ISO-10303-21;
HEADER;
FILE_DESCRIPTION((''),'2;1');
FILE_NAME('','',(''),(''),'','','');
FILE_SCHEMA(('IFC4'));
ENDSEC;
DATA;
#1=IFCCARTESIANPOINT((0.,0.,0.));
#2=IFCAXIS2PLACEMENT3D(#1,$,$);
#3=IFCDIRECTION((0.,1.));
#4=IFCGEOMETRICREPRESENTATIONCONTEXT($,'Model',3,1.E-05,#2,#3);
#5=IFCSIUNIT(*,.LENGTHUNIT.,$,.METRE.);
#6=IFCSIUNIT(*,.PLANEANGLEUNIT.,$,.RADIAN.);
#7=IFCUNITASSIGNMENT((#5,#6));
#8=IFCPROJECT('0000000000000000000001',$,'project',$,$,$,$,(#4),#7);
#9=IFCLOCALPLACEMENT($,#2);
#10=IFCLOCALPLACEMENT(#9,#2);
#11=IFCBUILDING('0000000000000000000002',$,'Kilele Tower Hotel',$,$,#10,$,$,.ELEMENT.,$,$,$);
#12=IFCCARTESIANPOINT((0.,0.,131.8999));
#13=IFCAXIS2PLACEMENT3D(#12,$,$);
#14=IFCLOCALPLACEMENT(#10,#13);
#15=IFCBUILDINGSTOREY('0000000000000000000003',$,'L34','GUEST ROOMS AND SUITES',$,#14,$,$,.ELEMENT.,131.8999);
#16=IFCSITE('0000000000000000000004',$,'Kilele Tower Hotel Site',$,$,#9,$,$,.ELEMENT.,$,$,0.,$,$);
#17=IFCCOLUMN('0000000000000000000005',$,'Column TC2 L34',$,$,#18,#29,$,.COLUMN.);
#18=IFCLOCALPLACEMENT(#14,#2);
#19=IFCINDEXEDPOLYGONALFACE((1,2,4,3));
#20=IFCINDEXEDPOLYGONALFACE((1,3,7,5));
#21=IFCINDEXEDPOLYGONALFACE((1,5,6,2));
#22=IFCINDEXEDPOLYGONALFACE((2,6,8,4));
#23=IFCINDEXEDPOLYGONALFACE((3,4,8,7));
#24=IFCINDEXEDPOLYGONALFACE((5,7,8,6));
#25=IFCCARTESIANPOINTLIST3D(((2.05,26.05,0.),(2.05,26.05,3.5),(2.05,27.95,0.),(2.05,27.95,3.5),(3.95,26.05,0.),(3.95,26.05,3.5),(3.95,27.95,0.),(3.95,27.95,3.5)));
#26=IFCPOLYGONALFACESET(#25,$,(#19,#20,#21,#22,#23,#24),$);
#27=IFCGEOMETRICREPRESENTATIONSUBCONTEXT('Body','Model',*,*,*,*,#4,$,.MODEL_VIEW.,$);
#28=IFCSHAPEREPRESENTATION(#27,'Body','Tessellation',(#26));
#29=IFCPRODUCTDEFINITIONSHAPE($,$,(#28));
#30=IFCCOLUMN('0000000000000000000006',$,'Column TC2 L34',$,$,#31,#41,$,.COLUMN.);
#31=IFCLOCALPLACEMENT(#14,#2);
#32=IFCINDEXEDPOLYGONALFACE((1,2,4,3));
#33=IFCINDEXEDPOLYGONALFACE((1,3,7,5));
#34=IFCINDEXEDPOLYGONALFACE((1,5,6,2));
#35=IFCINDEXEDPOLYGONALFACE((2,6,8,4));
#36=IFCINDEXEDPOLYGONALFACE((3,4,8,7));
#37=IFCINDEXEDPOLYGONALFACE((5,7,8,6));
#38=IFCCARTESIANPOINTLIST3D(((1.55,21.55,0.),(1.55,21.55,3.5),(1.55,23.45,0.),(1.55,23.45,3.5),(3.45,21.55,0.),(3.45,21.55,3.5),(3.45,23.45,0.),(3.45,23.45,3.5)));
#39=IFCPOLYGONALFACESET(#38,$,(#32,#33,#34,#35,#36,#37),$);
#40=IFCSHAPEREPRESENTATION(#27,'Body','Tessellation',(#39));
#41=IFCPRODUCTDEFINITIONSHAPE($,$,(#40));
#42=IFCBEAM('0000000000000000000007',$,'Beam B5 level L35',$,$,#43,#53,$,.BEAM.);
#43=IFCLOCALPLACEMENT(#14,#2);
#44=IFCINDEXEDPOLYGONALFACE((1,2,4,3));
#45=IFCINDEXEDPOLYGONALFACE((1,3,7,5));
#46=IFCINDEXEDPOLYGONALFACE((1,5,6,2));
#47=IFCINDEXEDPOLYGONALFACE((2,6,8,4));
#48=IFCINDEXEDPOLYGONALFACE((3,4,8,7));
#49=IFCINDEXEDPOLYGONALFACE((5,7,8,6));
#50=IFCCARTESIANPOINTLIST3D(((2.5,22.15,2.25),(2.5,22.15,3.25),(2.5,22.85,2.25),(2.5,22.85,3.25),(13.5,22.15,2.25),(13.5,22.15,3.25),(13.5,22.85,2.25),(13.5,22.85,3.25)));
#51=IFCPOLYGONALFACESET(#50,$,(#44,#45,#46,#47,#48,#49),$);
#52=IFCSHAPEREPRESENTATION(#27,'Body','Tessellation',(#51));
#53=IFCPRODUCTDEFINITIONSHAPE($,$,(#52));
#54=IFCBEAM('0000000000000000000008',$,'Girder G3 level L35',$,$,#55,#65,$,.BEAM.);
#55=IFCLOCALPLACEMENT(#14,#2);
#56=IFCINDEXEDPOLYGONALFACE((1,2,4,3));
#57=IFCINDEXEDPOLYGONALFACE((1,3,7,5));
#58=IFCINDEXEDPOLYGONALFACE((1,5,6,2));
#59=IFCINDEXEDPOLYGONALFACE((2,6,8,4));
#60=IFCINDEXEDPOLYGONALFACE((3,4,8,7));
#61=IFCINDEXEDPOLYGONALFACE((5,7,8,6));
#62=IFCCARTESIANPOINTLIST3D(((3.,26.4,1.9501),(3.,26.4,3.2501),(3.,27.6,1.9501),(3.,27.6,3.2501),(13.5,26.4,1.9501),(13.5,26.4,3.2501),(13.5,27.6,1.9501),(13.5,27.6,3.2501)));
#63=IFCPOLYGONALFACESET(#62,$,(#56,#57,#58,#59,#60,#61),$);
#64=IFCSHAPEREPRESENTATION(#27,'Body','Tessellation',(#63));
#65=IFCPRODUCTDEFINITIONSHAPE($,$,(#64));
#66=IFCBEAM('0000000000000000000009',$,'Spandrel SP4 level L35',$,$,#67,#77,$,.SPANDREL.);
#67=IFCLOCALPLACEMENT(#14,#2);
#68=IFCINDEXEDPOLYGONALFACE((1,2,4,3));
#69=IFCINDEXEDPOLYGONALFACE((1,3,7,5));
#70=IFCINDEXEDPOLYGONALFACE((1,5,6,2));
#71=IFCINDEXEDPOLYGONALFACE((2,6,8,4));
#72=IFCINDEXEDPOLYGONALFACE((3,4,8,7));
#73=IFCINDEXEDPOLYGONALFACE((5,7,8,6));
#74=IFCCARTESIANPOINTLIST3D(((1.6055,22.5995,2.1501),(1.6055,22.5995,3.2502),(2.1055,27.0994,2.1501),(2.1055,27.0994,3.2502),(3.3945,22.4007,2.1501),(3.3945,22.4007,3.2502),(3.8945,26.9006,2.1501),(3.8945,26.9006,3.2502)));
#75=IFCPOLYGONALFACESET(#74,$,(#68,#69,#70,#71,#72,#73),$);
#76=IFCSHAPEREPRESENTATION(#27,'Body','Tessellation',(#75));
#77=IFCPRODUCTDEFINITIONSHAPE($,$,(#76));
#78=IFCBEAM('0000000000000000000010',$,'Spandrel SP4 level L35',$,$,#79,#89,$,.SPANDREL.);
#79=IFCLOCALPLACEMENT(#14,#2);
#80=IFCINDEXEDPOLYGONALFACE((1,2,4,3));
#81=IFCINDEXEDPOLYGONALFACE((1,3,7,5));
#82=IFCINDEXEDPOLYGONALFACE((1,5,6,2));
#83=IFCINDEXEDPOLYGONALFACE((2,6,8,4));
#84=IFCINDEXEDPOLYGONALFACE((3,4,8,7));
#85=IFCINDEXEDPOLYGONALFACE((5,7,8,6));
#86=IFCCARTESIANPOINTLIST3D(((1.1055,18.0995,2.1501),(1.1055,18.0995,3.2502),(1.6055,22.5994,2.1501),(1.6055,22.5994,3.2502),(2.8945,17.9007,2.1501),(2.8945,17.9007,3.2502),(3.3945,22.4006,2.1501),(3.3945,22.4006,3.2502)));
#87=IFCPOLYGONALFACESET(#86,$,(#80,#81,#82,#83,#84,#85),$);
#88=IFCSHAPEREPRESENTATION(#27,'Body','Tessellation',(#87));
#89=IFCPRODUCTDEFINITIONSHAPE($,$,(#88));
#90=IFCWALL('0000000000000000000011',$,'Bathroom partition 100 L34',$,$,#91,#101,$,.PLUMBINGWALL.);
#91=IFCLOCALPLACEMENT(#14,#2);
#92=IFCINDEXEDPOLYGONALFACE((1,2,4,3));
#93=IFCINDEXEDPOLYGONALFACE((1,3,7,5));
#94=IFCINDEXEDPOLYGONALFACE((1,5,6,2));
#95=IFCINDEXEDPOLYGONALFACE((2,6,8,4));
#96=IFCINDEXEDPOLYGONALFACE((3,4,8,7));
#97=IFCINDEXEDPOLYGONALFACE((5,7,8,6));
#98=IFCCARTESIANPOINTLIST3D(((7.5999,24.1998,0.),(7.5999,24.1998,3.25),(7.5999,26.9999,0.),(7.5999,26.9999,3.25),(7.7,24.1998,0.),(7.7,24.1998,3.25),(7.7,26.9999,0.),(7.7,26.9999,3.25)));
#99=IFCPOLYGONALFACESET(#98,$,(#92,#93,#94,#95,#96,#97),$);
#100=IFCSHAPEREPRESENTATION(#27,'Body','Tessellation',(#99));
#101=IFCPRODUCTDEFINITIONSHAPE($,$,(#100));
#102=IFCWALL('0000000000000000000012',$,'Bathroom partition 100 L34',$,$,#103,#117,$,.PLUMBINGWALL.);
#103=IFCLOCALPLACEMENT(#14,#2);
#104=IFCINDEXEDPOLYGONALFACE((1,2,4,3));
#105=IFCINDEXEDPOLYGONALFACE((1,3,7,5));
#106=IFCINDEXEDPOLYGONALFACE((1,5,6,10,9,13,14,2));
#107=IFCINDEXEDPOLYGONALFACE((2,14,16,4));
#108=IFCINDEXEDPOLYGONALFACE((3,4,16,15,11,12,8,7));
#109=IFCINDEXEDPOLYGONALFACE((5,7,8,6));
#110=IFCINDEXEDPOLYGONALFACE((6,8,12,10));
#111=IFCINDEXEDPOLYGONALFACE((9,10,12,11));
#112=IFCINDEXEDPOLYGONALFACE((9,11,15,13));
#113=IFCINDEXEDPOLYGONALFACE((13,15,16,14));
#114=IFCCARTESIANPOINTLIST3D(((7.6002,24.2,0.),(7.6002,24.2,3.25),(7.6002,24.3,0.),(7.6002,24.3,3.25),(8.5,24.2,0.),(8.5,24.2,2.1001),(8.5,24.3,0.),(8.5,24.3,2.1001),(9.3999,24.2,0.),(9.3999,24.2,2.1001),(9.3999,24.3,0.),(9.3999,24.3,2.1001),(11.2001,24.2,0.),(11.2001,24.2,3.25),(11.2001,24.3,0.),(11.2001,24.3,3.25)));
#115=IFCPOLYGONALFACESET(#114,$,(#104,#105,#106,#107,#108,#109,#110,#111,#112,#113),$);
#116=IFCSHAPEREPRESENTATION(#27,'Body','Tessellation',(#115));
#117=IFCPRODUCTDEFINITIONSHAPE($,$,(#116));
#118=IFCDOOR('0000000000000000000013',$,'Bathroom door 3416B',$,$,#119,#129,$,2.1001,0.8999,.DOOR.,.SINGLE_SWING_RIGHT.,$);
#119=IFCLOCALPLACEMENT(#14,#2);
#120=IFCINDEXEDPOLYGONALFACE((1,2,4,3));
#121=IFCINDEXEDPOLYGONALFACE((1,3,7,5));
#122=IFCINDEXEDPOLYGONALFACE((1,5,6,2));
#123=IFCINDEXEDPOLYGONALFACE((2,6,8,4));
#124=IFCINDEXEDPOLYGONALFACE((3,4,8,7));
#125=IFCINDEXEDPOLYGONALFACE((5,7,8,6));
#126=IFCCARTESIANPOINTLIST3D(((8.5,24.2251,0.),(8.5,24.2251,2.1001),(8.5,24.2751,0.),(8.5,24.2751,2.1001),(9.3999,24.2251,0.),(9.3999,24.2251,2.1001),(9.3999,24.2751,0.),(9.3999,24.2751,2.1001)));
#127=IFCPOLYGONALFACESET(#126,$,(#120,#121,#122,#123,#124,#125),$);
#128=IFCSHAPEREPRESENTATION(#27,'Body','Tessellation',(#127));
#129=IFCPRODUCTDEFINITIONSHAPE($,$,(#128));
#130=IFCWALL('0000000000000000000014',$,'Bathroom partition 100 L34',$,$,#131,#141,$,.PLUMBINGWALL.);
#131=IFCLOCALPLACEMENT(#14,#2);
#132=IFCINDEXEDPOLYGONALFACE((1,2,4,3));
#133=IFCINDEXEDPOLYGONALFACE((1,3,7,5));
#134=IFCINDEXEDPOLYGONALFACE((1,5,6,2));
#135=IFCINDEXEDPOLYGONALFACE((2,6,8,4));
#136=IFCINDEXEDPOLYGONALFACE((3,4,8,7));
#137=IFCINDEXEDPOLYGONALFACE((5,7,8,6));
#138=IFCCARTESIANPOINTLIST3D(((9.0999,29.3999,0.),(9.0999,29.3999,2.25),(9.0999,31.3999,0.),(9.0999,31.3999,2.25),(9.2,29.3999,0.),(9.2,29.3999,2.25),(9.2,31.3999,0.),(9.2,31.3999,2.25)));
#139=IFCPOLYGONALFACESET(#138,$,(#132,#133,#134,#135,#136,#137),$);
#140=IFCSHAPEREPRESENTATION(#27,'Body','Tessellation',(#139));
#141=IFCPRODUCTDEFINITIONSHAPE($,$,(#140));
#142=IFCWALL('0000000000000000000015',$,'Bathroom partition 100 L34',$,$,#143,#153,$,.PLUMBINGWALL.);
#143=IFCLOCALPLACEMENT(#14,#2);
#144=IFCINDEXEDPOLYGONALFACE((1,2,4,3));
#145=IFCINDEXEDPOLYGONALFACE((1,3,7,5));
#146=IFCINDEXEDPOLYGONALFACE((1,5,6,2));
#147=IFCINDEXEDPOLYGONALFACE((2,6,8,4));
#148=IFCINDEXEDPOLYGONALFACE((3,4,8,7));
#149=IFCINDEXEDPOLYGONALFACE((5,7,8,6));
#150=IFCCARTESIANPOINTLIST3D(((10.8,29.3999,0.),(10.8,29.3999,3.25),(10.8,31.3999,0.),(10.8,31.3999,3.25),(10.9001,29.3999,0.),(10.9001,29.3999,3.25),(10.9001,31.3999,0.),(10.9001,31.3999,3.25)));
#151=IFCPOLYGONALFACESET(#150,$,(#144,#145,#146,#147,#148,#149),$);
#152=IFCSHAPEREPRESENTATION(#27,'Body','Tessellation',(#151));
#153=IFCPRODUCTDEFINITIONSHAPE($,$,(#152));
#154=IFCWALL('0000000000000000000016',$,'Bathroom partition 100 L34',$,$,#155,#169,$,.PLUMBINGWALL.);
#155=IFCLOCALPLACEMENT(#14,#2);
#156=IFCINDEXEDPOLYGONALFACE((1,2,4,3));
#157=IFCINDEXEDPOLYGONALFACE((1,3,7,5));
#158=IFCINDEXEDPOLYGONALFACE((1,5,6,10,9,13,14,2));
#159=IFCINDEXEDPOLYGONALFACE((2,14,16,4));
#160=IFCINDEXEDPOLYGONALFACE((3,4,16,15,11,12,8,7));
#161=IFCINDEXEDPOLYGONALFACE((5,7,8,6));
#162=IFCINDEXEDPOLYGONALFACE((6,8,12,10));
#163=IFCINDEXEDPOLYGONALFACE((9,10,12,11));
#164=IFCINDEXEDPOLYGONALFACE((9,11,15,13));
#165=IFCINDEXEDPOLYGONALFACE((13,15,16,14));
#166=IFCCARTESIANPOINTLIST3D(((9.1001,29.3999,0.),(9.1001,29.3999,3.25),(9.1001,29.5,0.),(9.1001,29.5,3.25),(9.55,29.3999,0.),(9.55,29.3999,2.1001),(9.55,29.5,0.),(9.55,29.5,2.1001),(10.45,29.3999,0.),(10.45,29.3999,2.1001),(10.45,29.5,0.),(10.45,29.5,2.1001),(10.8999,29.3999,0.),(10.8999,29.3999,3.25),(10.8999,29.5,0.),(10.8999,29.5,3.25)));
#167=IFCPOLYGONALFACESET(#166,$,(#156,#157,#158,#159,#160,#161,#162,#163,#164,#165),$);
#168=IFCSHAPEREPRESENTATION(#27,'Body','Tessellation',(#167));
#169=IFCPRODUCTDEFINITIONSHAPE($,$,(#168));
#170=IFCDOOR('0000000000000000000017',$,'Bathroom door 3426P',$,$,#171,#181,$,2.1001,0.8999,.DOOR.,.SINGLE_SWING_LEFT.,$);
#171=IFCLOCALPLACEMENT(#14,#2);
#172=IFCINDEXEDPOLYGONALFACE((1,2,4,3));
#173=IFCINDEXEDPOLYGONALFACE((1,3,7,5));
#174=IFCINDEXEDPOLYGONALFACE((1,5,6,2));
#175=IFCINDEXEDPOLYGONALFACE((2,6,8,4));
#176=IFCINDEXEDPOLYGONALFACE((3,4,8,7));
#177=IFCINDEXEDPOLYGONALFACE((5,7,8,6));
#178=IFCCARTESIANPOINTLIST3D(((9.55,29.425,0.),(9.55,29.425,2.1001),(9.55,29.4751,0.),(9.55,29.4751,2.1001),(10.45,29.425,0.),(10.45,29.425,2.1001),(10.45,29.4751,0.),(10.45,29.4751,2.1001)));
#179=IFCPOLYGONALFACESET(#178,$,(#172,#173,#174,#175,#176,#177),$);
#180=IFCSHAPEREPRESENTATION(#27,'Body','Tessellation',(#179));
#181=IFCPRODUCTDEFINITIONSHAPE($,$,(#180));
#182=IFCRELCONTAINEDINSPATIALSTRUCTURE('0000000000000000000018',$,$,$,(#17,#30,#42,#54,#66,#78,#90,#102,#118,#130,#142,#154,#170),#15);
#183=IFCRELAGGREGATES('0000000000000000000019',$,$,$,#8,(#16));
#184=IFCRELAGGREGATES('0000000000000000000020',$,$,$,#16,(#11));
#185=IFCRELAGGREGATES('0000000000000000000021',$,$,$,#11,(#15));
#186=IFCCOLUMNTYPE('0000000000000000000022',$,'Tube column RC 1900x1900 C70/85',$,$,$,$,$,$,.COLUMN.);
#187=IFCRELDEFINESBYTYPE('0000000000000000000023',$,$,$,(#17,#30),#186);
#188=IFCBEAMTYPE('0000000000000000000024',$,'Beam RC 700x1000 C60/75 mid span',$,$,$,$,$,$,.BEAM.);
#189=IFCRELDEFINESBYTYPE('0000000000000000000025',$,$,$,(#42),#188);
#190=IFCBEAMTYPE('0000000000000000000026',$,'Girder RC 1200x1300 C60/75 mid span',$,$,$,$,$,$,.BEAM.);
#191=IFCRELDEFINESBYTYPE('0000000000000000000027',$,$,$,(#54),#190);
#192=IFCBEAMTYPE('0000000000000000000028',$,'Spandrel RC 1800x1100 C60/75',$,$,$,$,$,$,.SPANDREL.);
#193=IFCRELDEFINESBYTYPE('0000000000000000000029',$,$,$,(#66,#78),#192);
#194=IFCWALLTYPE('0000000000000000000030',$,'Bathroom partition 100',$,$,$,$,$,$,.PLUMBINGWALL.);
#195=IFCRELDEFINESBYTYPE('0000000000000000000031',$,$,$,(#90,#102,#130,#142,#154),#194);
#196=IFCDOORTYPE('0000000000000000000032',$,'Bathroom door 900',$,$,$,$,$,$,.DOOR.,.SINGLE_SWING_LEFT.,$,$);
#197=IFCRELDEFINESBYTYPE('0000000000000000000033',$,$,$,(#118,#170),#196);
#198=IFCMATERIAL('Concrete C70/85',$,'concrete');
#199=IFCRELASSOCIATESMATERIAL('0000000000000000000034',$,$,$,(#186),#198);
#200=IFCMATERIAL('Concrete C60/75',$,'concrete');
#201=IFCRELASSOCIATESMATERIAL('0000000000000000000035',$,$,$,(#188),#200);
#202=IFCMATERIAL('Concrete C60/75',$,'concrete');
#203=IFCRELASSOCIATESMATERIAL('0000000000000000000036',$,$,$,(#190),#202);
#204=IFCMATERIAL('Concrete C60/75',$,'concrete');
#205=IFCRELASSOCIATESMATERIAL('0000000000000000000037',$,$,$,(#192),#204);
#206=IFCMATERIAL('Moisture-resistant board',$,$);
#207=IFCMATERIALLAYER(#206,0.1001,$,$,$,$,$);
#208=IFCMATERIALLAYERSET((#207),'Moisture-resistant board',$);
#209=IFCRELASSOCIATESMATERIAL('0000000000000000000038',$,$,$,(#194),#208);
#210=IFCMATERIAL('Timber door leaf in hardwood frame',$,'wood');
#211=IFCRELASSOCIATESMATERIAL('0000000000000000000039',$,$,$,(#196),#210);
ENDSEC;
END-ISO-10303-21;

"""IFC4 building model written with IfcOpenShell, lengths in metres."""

from ifc_helpers import new_model, si_unit, direction, frame, frame_2d, origin, origin_2d, place, context, subcontext, project, spatial, rectangle, extrude, material, layer, layer_set, material_profile, profile_set, type_object, element, fill, save


model = new_model("IFC4")

# Units and contexts
model_context = context("Model", 3, precision=1e-05, world=origin(), true_north=direction((0.0, 1.0)))
body_context = subcontext(model_context, "Body", "Model", "MODEL_VIEW")
ifc_project = project(units=[si_unit("LENGTHUNIT", "METRE"), si_unit("PLANEANGLEUNIT", "RADIAN")], contexts=[model_context])

# Site, building, storey
site_placement = place(None, origin())
site = spatial("IfcSite", under=ifc_project, at=site_placement, Name="Kilele Tower Hotel Site", CompositionType="ELEMENT", RefElevation=0.0)
building_placement = place(site_placement, origin())
building = spatial("IfcBuilding", under=site, at=building_placement, Name="Kilele Tower Hotel", CompositionType="ELEMENT")
storey_placement = place(building_placement, frame((0.0, 0.0, 131.8999)))
storey = spatial("IfcBuildingStorey", under=building, at=storey_placement, Name="L34", Description="GUEST ROOMS AND SUITES", CompositionType="ELEMENT", Elevation=131.8999)

# Columns
ifc_material_1 = material(Name="Concrete C70/85", Category="concrete")
ifc_material_profile_1 = material_profile(ifc_material_1, rectangle(XDim=1.8999, YDim=1.8999, at=origin_2d()))
ifc_profile_set_1 = profile_set([ifc_material_profile_1], Name="Concrete C70/85")
column_type = type_object("IfcColumnType", Name="Tube column RC 1900x1900 C70/85", PredefinedType="COLUMN", material=ifc_profile_set_1)
for number, where, z_axis, x_axis, name in (
    (1, (3.0, 27.0, 0.0), (0.0, 0.0, 1.0), (1.0, 0.0, 0.0), "Column TC2 L34"),
    (2, (2.5, 22.5, 0.0), (0.0, 0.0, 1.0), (1.0, 0.0, 0.0), "Column TC2 L34"),
):
    element("IfcColumn", number, at=place(storey_placement, frame(where, z_axis=z_axis, x_axis=x_axis)), inside=storey, type_object=column_type, Name=name, PredefinedType="COLUMN", context=body_context, shape_type="SweptSolid", body=[
        extrude(rectangle(XDim=1.8999, YDim=1.8999, at=origin_2d()), origin(), (0.0, 0.0, 1.0), 3.5),
    ])

# Beams
ifc_material_2 = material(Name="Concrete C60/75", Category="concrete")
ifc_material_profile_2 = material_profile(ifc_material_2, rectangle(XDim=0.7, YDim=1.0, at=origin_2d()))
ifc_profile_set_2 = profile_set([ifc_material_profile_2], Name="Concrete C60/75")
beam_type_1 = type_object("IfcBeamType", Name="Beam RC 700x1000 C60/75 mid span", PredefinedType="BEAM", material=ifc_profile_set_2)
beam_1_placement = place(storey_placement, frame((2.5, 22.5, 2.75), z_axis=(1.0, 0.0, 0.0), x_axis=(0.0, 1.0, 0.0)))
element("IfcBeam", 3, at=beam_1_placement, inside=storey, type_object=beam_type_1, Name="Beam B5 level L35", PredefinedType="BEAM", context=body_context, shape_type="SweptSolid", body=[
    extrude(rectangle(XDim=0.7, YDim=1.0, at=origin_2d()), origin(), (0.0, 0.0, 1.0), 11.0),
])
ifc_material_3 = material(Name="Concrete C60/75", Category="concrete")
ifc_material_profile_3 = material_profile(ifc_material_3, rectangle(XDim=1.2, YDim=1.3, at=origin_2d()))
ifc_profile_set_3 = profile_set([ifc_material_profile_3], Name="Concrete C60/75")
beam_type_2 = type_object("IfcBeamType", Name="Girder RC 1200x1300 C60/75 mid span", PredefinedType="BEAM", material=ifc_profile_set_3)
beam_2_placement = place(storey_placement, frame((3.0, 27.0, 2.6001), z_axis=(1.0, 0.0, 0.0), x_axis=(0.0, 1.0, 0.0)))
element("IfcBeam", 4, at=beam_2_placement, inside=storey, type_object=beam_type_2, Name="Girder G3 level L35", PredefinedType="BEAM", context=body_context, shape_type="SweptSolid", body=[
    extrude(rectangle(XDim=1.2, YDim=1.3, at=origin_2d()), origin(), (0.0, 0.0, 1.0), 10.5),
])
ifc_material_4 = material(Name="Concrete C60/75", Category="concrete")
ifc_material_profile_4 = material_profile(ifc_material_4, rectangle(XDim=1.8, YDim=1.1001, at=origin_2d()))
ifc_profile_set_4 = profile_set([ifc_material_profile_4], Name="Concrete C60/75")
beam_type_3 = type_object("IfcBeamType", Name="Spandrel RC 1800x1100 C60/75", PredefinedType="SPANDREL", material=ifc_profile_set_4)
for number, where, z_axis, x_axis, name in (
    (5, (3.0, 27.0, 2.7002), (-0.110432, -0.993884, 0.0), (0.993884, -0.110432, 0.0), "Spandrel SP4 level L35"),
    (6, (2.5, 22.5, 2.7002), (-0.110432, -0.993884, 0.0), (0.993884, -0.110432, 0.0), "Spandrel SP4 level L35"),
):
    element("IfcBeam", number, at=place(storey_placement, frame(where, z_axis=z_axis, x_axis=x_axis)), inside=storey, type_object=beam_type_3, Name=name, PredefinedType="SPANDREL", context=body_context, shape_type="SweptSolid", body=[
        extrude(rectangle(XDim=1.8, YDim=1.1001, at=origin_2d()), origin(), (0.0, 0.0, 1.0), 4.5276),
    ])

# Wall
ifc_material_5 = material(Name="Moisture-resistant board")
ifc_layer_1 = layer(ifc_material_5, 0.1001)
ifc_layer_set_1 = layer_set([ifc_layer_1], Name="Moisture-resistant board")
wall_type_1 = type_object("IfcWallType", Name="Bathroom partition 100", PredefinedType="PLUMBINGWALL", material=ifc_layer_set_1)
wall_1_placement = place(storey_placement, frame((7.6499, 24.2, 0.0), z_axis=(0.0, 0.0, 1.0), x_axis=(0.0, 1.0, 0.0)))
element("IfcWall", 7, at=wall_1_placement, inside=storey, type_object=wall_type_1, Name="Bathroom partition 100 L34", PredefinedType="PLUMBINGWALL", context=body_context, shape_type="SweptSolid", body=[
    extrude(rectangle(XDim=2.8, YDim=0.1001, at=frame_2d((1.3999, 0.0))), origin(), (0.0, 0.0, 1.0), 3.25),
])

# Wall, opening, door
wall_2_placement = place(storey_placement, frame((11.2, 24.25, 0.0), z_axis=(0.0, 0.0, 1.0), x_axis=(-1.0, 0.0, 0.0)))
wall_2 = element("IfcWall", 8, at=wall_2_placement, inside=storey, type_object=wall_type_1, Name="Bathroom partition 100 L34", PredefinedType="PLUMBINGWALL", context=body_context, shape_type="SweptSolid", body=[
    extrude(rectangle(XDim=3.5999, YDim=0.1001, at=frame_2d((1.7998, 0.0))), origin(), (0.0, 0.0, 1.0), 3.25),
])
opening_1_placement = place(wall_2_placement, frame((1.8, 0.0, 0.0)))
opening_1 = element("IfcOpeningElement", 9, at=opening_1_placement, cuts=wall_2, PredefinedType="OPENING", context=body_context, shape_type="SweptSolid", body=[
    extrude(rectangle(XDim=0.8999, YDim=2.1001, at=frame_2d((0.45, 1.05))), frame((0.0, 0.0601, 0.0), z_axis=(0.0, -1.0, 0.0), x_axis=(1.0, 0.0, 0.0)), (0.0, 0.0, 1.0), 0.1201),
])
ifc_material_6 = material(Name="Timber door leaf in hardwood frame", Category="wood")
door_type_1 = type_object("IfcDoorType", Name="Bathroom door 900", OperationType="SINGLE_SWING_LEFT", PredefinedType="DOOR", material=ifc_material_6)
door_1_placement = place(opening_1_placement, origin())
door_1 = element("IfcDoor", 10, at=door_1_placement, inside=storey, type_object=door_type_1, Name="Bathroom door 3416B", OperationType="SINGLE_SWING_RIGHT", OverallHeight=2.1001, OverallWidth=0.8999, PredefinedType="DOOR", context=body_context, shape_type="SweptSolid", body=[
    extrude(rectangle(XDim=0.8999, YDim=2.1001, at=frame_2d((0.45, 1.05))), frame((0.0, 0.0249, 0.0), z_axis=(0.0, -1.0, 0.0), x_axis=(1.0, 0.0, 0.0)), (0.0, 0.0, 1.0), 0.05),
])
fill(opening_1, door_1)

# Walls
wall_3_placement = place(storey_placement, frame((9.1499, 31.3999, 0.0), z_axis=(0.0, 0.0, 1.0), x_axis=(0.0, -1.0, 0.0)))
element("IfcWall", 11, at=wall_3_placement, inside=storey, type_object=wall_type_1, Name="Bathroom partition 100 L34", PredefinedType="PLUMBINGWALL", context=body_context, shape_type="SweptSolid", body=[
    extrude(rectangle(XDim=2.0, YDim=0.1001, at=frame_2d((1.0, 0.0))), origin(), (0.0, 0.0, 1.0), 2.25),
])
wall_4_placement = place(storey_placement, frame((10.8501, 31.3999, 0.0), z_axis=(0.0, 0.0, 1.0), x_axis=(0.0, -1.0, 0.0)))
element("IfcWall", 12, at=wall_4_placement, inside=storey, type_object=wall_type_1, Name="Bathroom partition 100 L34", PredefinedType="PLUMBINGWALL", context=body_context, shape_type="SweptSolid", body=[
    extrude(rectangle(XDim=2.0, YDim=0.1001, at=frame_2d((1.0, 0.0))), origin(), (0.0, 0.0, 1.0), 3.25),
])

# Wall, opening, door
wall_5_placement = place(storey_placement, frame((10.8999, 29.45, 0.0), z_axis=(0.0, 0.0, 1.0), x_axis=(-1.0, 0.0, 0.0)))
wall_5 = element("IfcWall", 13, at=wall_5_placement, inside=storey, type_object=wall_type_1, Name="Bathroom partition 100 L34", PredefinedType="PLUMBINGWALL", context=body_context, shape_type="SweptSolid", body=[
    extrude(rectangle(XDim=1.7998, YDim=0.1001, at=frame_2d((0.8999, 0.0))), origin(), (0.0, 0.0, 1.0), 3.25),
])
opening_2_placement = place(wall_5_placement, frame((0.45, 0.0, 0.0)))
opening_2 = element("IfcOpeningElement", 14, at=opening_2_placement, cuts=wall_5, PredefinedType="OPENING", context=body_context, shape_type="SweptSolid", body=[
    extrude(rectangle(XDim=0.8999, YDim=2.1001, at=frame_2d((0.45, 1.05))), frame((0.0, 0.0601, 0.0), z_axis=(0.0, -1.0, 0.0), x_axis=(1.0, 0.0, 0.0)), (0.0, 0.0, 1.0), 0.1201),
])
door_2_placement = place(opening_2_placement, origin())
door_2 = element("IfcDoor", 15, at=door_2_placement, inside=storey, type_object=door_type_1, Name="Bathroom door 3426P", OperationType="SINGLE_SWING_LEFT", OverallHeight=2.1001, OverallWidth=0.8999, PredefinedType="DOOR", context=body_context, shape_type="SweptSolid", body=[
    extrude(rectangle(XDim=0.8999, YDim=2.1001, at=frame_2d((0.45, 1.05))), frame((0.0, 0.0249, 0.0), z_axis=(0.0, -1.0, 0.0), x_axis=(1.0, 0.0, 0.0)), (0.0, 0.0, 1.0), 0.05),
])
fill(opening_2, door_2)

save(model, "model.ifc")
